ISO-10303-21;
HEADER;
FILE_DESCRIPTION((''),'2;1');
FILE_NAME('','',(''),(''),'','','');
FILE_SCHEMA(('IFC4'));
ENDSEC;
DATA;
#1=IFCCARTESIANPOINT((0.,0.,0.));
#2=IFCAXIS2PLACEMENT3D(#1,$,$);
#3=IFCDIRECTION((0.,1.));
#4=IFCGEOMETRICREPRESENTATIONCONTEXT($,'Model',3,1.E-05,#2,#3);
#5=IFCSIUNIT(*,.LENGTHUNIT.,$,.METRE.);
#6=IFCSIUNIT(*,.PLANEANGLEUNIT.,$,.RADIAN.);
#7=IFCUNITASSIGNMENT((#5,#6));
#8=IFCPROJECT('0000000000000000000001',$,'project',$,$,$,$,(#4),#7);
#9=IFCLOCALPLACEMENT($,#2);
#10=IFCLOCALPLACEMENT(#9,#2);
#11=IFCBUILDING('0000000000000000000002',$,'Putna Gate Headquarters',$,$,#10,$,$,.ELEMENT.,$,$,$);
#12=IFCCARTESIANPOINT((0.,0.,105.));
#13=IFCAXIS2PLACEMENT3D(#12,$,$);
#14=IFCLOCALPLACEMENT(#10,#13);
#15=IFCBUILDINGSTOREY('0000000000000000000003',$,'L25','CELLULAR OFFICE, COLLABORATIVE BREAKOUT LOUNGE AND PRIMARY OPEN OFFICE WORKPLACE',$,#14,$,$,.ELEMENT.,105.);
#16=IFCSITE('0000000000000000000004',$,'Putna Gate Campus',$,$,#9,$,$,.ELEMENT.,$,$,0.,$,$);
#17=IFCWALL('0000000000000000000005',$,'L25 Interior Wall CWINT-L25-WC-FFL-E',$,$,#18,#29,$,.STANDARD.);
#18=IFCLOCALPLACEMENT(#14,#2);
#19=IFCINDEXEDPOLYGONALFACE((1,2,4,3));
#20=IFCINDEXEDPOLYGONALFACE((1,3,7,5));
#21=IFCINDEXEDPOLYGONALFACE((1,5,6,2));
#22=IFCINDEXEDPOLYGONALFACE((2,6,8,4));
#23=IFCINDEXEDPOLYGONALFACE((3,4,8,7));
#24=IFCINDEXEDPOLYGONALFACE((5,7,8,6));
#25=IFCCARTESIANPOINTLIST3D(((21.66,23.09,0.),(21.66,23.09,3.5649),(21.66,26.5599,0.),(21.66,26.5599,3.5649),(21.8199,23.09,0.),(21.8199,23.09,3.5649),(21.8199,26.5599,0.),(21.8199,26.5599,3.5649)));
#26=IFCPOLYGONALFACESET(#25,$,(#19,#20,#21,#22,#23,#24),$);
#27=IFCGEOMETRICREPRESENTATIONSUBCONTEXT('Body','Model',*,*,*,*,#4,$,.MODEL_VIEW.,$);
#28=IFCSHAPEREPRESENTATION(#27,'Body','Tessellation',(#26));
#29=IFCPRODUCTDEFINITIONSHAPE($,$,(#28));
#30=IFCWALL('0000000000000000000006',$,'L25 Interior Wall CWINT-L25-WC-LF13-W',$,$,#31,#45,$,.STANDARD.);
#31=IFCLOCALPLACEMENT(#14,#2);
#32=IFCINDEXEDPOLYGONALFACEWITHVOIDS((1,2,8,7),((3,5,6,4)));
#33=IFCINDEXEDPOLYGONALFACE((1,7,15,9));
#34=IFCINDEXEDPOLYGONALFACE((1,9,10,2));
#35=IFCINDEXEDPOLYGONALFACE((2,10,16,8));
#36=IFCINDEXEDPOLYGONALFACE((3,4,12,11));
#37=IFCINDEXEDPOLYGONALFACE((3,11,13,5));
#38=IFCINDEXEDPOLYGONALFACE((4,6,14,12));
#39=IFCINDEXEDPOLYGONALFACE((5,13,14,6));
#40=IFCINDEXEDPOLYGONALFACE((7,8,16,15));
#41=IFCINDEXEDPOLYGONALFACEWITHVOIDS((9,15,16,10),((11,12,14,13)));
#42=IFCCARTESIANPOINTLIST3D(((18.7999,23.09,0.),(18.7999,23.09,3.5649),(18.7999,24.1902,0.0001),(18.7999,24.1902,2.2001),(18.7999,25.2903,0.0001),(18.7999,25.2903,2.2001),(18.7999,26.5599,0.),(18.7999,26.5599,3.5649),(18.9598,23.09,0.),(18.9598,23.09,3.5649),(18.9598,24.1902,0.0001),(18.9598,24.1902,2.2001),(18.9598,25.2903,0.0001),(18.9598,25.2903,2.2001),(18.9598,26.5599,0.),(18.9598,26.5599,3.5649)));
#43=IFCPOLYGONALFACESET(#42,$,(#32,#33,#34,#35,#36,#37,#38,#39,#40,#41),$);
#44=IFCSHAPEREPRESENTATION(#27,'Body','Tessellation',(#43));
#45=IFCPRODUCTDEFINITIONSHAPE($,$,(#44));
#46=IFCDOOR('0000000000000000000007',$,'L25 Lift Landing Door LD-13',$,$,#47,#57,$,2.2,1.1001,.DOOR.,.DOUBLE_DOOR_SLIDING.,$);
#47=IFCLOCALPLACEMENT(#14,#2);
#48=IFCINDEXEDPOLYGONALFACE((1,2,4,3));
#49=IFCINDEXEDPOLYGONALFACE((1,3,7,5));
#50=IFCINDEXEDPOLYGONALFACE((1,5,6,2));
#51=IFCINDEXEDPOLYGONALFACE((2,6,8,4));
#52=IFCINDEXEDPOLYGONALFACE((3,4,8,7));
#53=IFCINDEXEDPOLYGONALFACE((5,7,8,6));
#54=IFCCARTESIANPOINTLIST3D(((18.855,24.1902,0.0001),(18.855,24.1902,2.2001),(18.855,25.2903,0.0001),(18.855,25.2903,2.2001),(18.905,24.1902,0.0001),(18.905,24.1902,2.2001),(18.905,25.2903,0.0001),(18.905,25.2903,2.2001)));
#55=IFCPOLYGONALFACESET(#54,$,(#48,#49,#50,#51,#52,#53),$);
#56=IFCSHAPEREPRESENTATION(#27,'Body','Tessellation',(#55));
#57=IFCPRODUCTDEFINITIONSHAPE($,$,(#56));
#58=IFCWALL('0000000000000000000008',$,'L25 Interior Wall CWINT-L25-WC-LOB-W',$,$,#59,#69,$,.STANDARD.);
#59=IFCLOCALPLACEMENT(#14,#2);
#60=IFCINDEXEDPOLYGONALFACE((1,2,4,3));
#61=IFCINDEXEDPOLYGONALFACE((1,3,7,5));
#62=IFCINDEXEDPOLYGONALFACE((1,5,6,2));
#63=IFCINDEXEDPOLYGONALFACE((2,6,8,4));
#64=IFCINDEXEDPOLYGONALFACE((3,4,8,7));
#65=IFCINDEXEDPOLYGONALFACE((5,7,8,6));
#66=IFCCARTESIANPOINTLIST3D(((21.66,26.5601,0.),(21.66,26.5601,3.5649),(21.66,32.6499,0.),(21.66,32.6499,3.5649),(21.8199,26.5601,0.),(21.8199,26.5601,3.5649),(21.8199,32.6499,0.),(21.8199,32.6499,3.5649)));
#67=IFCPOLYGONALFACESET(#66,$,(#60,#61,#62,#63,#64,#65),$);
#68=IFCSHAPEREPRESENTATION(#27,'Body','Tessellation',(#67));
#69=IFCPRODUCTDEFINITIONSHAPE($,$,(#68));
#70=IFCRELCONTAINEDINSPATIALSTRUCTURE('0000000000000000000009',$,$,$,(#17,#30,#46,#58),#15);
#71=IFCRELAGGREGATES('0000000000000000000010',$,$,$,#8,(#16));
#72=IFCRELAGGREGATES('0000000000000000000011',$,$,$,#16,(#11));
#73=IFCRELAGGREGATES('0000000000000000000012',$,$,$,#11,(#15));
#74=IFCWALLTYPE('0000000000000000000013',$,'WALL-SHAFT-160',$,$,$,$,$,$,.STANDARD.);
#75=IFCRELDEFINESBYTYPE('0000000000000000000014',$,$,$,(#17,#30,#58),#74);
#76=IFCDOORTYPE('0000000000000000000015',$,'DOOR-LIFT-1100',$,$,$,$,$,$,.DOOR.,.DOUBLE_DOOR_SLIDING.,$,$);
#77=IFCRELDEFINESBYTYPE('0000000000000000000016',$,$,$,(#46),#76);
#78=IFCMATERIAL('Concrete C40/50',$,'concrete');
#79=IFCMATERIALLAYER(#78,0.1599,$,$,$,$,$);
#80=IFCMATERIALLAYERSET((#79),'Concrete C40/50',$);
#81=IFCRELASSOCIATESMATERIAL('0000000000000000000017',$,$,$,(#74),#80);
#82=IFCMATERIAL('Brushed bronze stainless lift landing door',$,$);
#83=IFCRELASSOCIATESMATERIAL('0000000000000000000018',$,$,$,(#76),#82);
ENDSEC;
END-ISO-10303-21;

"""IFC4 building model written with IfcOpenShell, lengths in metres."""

from ifc_helpers import new_model, si_unit, direction, frame, frame_2d, origin, place, context, subcontext, project, spatial, rectangle, extrude, material, layer, layer_set, type_object, element, fill, save


model = new_model("IFC4")

# Units and contexts
model_context = context("Model", 3, precision=1e-05, world=origin(), true_north=direction((0.0, 1.0)))
body_context = subcontext(model_context, "Body", "Model", "MODEL_VIEW")
ifc_project = project(units=[si_unit("LENGTHUNIT", "METRE"), si_unit("PLANEANGLEUNIT", "RADIAN")], contexts=[model_context])

# Site, building, storey
site_placement = place(None, origin())
site = spatial("IfcSite", under=ifc_project, at=site_placement, Name="Putna Gate Campus", CompositionType="ELEMENT", RefElevation=0.0)
building_placement = place(site_placement, origin())
building = spatial("IfcBuilding", under=site, at=building_placement, Name="Putna Gate Headquarters", CompositionType="ELEMENT")
storey_placement = place(building_placement, frame((0.0, 0.0, 105.0)))
storey = spatial("IfcBuildingStorey", under=building, at=storey_placement, Name="L25", Description="CELLULAR OFFICE, COLLABORATIVE BREAKOUT LOUNGE AND PRIMARY OPEN OFFICE WORKPLACE", CompositionType="ELEMENT", Elevation=105.0)

# Wall
ifc_material_1 = material(Name="Concrete C40/50", Category="concrete")
ifc_layer_1 = layer(ifc_material_1, 0.1599)
ifc_layer_set_1 = layer_set([ifc_layer_1], Name="Concrete C40/50")
wall_type_1 = type_object("IfcWallType", Name="WALL-SHAFT-160", PredefinedType="STANDARD", material=ifc_layer_set_1)
wall_1_placement = place(storey_placement, frame((21.74, 23.0901, 0.0), z_axis=(0.0, 0.0, 1.0), x_axis=(0.0, 1.0, 0.0)))
element("IfcWall", 1, at=wall_1_placement, inside=storey, type_object=wall_type_1, Name="L25 Interior Wall CWINT-L25-WC-FFL-E", PredefinedType="STANDARD", context=body_context, shape_type="SweptSolid", body=[
    extrude(rectangle(XDim=3.47, YDim=0.1599, at=frame_2d((1.7349, 0.0))), origin(), (0.0, 0.0, 1.0), 3.5649),
])

# Wall, opening, door
wall_2_placement = place(storey_placement, frame((18.8799, 23.0901, 0.0), z_axis=(0.0, 0.0, 1.0), x_axis=(0.0, 1.0, 0.0)))
wall_2 = element("IfcWall", 2, at=wall_2_placement, inside=storey, type_object=wall_type_1, Name="L25 Interior Wall CWINT-L25-WC-LF13-W", PredefinedType="STANDARD", context=body_context, shape_type="SweptSolid", body=[
    extrude(rectangle(XDim=3.47, YDim=0.1599, at=frame_2d((1.7349, 0.0))), origin(), (0.0, 0.0, 1.0), 3.5649),
])
opening_1_placement = place(wall_2_placement, frame((1.1001, 0.0, 0.0)))
opening_1 = element("IfcOpeningElement", 3, at=opening_1_placement, cuts=wall_2, PredefinedType="OPENING", context=body_context, shape_type="SweptSolid", body=[
    extrude(rectangle(XDim=1.1001, YDim=2.2, at=frame_2d((0.55, 1.1001))), frame((0.0, 0.0898, 0.0), z_axis=(0.0, -1.0, 0.0), x_axis=(1.0, 0.0, 0.0)), (0.0, 0.0, 1.0), 0.1799),
])
ifc_material_2 = material(Name="Brushed bronze stainless lift landing door")
door_type_1 = type_object("IfcDoorType", Name="DOOR-LIFT-1100", OperationType="DOUBLE_DOOR_SLIDING", PredefinedType="DOOR", material=ifc_material_2)
door_1_placement = place(opening_1_placement, origin())
door_1 = element("IfcDoor", 4, at=door_1_placement, inside=storey, type_object=door_type_1, Name="L25 Lift Landing Door LD-13", OperationType="DOUBLE_DOOR_SLIDING", OverallHeight=2.2, OverallWidth=1.1001, PredefinedType="DOOR", context=body_context, shape_type="SweptSolid", body=[
    extrude(rectangle(XDim=1.1001, YDim=2.2, at=frame_2d((0.55, 1.1001))), frame((0.0, 0.0249, 0.0), z_axis=(0.0, -1.0, 0.0), x_axis=(1.0, 0.0, 0.0)), (0.0, 0.0, 1.0), 0.05),
])
fill(opening_1, door_1)

# Wall
wall_3_placement = place(storey_placement, frame((21.74, 26.5601, 0.0), z_axis=(0.0, 0.0, 1.0), x_axis=(0.0, 1.0, 0.0)))
element("IfcWall", 5, at=wall_3_placement, inside=storey, type_object=wall_type_1, Name="L25 Interior Wall CWINT-L25-WC-LOB-W", PredefinedType="STANDARD", context=body_context, shape_type="SweptSolid", body=[
    extrude(rectangle(XDim=6.0898, YDim=0.1599, at=frame_2d((3.0449, 0.0))), origin(), (0.0, 0.0, 1.0), 3.5649),
])

save(model, "model.ifc")
